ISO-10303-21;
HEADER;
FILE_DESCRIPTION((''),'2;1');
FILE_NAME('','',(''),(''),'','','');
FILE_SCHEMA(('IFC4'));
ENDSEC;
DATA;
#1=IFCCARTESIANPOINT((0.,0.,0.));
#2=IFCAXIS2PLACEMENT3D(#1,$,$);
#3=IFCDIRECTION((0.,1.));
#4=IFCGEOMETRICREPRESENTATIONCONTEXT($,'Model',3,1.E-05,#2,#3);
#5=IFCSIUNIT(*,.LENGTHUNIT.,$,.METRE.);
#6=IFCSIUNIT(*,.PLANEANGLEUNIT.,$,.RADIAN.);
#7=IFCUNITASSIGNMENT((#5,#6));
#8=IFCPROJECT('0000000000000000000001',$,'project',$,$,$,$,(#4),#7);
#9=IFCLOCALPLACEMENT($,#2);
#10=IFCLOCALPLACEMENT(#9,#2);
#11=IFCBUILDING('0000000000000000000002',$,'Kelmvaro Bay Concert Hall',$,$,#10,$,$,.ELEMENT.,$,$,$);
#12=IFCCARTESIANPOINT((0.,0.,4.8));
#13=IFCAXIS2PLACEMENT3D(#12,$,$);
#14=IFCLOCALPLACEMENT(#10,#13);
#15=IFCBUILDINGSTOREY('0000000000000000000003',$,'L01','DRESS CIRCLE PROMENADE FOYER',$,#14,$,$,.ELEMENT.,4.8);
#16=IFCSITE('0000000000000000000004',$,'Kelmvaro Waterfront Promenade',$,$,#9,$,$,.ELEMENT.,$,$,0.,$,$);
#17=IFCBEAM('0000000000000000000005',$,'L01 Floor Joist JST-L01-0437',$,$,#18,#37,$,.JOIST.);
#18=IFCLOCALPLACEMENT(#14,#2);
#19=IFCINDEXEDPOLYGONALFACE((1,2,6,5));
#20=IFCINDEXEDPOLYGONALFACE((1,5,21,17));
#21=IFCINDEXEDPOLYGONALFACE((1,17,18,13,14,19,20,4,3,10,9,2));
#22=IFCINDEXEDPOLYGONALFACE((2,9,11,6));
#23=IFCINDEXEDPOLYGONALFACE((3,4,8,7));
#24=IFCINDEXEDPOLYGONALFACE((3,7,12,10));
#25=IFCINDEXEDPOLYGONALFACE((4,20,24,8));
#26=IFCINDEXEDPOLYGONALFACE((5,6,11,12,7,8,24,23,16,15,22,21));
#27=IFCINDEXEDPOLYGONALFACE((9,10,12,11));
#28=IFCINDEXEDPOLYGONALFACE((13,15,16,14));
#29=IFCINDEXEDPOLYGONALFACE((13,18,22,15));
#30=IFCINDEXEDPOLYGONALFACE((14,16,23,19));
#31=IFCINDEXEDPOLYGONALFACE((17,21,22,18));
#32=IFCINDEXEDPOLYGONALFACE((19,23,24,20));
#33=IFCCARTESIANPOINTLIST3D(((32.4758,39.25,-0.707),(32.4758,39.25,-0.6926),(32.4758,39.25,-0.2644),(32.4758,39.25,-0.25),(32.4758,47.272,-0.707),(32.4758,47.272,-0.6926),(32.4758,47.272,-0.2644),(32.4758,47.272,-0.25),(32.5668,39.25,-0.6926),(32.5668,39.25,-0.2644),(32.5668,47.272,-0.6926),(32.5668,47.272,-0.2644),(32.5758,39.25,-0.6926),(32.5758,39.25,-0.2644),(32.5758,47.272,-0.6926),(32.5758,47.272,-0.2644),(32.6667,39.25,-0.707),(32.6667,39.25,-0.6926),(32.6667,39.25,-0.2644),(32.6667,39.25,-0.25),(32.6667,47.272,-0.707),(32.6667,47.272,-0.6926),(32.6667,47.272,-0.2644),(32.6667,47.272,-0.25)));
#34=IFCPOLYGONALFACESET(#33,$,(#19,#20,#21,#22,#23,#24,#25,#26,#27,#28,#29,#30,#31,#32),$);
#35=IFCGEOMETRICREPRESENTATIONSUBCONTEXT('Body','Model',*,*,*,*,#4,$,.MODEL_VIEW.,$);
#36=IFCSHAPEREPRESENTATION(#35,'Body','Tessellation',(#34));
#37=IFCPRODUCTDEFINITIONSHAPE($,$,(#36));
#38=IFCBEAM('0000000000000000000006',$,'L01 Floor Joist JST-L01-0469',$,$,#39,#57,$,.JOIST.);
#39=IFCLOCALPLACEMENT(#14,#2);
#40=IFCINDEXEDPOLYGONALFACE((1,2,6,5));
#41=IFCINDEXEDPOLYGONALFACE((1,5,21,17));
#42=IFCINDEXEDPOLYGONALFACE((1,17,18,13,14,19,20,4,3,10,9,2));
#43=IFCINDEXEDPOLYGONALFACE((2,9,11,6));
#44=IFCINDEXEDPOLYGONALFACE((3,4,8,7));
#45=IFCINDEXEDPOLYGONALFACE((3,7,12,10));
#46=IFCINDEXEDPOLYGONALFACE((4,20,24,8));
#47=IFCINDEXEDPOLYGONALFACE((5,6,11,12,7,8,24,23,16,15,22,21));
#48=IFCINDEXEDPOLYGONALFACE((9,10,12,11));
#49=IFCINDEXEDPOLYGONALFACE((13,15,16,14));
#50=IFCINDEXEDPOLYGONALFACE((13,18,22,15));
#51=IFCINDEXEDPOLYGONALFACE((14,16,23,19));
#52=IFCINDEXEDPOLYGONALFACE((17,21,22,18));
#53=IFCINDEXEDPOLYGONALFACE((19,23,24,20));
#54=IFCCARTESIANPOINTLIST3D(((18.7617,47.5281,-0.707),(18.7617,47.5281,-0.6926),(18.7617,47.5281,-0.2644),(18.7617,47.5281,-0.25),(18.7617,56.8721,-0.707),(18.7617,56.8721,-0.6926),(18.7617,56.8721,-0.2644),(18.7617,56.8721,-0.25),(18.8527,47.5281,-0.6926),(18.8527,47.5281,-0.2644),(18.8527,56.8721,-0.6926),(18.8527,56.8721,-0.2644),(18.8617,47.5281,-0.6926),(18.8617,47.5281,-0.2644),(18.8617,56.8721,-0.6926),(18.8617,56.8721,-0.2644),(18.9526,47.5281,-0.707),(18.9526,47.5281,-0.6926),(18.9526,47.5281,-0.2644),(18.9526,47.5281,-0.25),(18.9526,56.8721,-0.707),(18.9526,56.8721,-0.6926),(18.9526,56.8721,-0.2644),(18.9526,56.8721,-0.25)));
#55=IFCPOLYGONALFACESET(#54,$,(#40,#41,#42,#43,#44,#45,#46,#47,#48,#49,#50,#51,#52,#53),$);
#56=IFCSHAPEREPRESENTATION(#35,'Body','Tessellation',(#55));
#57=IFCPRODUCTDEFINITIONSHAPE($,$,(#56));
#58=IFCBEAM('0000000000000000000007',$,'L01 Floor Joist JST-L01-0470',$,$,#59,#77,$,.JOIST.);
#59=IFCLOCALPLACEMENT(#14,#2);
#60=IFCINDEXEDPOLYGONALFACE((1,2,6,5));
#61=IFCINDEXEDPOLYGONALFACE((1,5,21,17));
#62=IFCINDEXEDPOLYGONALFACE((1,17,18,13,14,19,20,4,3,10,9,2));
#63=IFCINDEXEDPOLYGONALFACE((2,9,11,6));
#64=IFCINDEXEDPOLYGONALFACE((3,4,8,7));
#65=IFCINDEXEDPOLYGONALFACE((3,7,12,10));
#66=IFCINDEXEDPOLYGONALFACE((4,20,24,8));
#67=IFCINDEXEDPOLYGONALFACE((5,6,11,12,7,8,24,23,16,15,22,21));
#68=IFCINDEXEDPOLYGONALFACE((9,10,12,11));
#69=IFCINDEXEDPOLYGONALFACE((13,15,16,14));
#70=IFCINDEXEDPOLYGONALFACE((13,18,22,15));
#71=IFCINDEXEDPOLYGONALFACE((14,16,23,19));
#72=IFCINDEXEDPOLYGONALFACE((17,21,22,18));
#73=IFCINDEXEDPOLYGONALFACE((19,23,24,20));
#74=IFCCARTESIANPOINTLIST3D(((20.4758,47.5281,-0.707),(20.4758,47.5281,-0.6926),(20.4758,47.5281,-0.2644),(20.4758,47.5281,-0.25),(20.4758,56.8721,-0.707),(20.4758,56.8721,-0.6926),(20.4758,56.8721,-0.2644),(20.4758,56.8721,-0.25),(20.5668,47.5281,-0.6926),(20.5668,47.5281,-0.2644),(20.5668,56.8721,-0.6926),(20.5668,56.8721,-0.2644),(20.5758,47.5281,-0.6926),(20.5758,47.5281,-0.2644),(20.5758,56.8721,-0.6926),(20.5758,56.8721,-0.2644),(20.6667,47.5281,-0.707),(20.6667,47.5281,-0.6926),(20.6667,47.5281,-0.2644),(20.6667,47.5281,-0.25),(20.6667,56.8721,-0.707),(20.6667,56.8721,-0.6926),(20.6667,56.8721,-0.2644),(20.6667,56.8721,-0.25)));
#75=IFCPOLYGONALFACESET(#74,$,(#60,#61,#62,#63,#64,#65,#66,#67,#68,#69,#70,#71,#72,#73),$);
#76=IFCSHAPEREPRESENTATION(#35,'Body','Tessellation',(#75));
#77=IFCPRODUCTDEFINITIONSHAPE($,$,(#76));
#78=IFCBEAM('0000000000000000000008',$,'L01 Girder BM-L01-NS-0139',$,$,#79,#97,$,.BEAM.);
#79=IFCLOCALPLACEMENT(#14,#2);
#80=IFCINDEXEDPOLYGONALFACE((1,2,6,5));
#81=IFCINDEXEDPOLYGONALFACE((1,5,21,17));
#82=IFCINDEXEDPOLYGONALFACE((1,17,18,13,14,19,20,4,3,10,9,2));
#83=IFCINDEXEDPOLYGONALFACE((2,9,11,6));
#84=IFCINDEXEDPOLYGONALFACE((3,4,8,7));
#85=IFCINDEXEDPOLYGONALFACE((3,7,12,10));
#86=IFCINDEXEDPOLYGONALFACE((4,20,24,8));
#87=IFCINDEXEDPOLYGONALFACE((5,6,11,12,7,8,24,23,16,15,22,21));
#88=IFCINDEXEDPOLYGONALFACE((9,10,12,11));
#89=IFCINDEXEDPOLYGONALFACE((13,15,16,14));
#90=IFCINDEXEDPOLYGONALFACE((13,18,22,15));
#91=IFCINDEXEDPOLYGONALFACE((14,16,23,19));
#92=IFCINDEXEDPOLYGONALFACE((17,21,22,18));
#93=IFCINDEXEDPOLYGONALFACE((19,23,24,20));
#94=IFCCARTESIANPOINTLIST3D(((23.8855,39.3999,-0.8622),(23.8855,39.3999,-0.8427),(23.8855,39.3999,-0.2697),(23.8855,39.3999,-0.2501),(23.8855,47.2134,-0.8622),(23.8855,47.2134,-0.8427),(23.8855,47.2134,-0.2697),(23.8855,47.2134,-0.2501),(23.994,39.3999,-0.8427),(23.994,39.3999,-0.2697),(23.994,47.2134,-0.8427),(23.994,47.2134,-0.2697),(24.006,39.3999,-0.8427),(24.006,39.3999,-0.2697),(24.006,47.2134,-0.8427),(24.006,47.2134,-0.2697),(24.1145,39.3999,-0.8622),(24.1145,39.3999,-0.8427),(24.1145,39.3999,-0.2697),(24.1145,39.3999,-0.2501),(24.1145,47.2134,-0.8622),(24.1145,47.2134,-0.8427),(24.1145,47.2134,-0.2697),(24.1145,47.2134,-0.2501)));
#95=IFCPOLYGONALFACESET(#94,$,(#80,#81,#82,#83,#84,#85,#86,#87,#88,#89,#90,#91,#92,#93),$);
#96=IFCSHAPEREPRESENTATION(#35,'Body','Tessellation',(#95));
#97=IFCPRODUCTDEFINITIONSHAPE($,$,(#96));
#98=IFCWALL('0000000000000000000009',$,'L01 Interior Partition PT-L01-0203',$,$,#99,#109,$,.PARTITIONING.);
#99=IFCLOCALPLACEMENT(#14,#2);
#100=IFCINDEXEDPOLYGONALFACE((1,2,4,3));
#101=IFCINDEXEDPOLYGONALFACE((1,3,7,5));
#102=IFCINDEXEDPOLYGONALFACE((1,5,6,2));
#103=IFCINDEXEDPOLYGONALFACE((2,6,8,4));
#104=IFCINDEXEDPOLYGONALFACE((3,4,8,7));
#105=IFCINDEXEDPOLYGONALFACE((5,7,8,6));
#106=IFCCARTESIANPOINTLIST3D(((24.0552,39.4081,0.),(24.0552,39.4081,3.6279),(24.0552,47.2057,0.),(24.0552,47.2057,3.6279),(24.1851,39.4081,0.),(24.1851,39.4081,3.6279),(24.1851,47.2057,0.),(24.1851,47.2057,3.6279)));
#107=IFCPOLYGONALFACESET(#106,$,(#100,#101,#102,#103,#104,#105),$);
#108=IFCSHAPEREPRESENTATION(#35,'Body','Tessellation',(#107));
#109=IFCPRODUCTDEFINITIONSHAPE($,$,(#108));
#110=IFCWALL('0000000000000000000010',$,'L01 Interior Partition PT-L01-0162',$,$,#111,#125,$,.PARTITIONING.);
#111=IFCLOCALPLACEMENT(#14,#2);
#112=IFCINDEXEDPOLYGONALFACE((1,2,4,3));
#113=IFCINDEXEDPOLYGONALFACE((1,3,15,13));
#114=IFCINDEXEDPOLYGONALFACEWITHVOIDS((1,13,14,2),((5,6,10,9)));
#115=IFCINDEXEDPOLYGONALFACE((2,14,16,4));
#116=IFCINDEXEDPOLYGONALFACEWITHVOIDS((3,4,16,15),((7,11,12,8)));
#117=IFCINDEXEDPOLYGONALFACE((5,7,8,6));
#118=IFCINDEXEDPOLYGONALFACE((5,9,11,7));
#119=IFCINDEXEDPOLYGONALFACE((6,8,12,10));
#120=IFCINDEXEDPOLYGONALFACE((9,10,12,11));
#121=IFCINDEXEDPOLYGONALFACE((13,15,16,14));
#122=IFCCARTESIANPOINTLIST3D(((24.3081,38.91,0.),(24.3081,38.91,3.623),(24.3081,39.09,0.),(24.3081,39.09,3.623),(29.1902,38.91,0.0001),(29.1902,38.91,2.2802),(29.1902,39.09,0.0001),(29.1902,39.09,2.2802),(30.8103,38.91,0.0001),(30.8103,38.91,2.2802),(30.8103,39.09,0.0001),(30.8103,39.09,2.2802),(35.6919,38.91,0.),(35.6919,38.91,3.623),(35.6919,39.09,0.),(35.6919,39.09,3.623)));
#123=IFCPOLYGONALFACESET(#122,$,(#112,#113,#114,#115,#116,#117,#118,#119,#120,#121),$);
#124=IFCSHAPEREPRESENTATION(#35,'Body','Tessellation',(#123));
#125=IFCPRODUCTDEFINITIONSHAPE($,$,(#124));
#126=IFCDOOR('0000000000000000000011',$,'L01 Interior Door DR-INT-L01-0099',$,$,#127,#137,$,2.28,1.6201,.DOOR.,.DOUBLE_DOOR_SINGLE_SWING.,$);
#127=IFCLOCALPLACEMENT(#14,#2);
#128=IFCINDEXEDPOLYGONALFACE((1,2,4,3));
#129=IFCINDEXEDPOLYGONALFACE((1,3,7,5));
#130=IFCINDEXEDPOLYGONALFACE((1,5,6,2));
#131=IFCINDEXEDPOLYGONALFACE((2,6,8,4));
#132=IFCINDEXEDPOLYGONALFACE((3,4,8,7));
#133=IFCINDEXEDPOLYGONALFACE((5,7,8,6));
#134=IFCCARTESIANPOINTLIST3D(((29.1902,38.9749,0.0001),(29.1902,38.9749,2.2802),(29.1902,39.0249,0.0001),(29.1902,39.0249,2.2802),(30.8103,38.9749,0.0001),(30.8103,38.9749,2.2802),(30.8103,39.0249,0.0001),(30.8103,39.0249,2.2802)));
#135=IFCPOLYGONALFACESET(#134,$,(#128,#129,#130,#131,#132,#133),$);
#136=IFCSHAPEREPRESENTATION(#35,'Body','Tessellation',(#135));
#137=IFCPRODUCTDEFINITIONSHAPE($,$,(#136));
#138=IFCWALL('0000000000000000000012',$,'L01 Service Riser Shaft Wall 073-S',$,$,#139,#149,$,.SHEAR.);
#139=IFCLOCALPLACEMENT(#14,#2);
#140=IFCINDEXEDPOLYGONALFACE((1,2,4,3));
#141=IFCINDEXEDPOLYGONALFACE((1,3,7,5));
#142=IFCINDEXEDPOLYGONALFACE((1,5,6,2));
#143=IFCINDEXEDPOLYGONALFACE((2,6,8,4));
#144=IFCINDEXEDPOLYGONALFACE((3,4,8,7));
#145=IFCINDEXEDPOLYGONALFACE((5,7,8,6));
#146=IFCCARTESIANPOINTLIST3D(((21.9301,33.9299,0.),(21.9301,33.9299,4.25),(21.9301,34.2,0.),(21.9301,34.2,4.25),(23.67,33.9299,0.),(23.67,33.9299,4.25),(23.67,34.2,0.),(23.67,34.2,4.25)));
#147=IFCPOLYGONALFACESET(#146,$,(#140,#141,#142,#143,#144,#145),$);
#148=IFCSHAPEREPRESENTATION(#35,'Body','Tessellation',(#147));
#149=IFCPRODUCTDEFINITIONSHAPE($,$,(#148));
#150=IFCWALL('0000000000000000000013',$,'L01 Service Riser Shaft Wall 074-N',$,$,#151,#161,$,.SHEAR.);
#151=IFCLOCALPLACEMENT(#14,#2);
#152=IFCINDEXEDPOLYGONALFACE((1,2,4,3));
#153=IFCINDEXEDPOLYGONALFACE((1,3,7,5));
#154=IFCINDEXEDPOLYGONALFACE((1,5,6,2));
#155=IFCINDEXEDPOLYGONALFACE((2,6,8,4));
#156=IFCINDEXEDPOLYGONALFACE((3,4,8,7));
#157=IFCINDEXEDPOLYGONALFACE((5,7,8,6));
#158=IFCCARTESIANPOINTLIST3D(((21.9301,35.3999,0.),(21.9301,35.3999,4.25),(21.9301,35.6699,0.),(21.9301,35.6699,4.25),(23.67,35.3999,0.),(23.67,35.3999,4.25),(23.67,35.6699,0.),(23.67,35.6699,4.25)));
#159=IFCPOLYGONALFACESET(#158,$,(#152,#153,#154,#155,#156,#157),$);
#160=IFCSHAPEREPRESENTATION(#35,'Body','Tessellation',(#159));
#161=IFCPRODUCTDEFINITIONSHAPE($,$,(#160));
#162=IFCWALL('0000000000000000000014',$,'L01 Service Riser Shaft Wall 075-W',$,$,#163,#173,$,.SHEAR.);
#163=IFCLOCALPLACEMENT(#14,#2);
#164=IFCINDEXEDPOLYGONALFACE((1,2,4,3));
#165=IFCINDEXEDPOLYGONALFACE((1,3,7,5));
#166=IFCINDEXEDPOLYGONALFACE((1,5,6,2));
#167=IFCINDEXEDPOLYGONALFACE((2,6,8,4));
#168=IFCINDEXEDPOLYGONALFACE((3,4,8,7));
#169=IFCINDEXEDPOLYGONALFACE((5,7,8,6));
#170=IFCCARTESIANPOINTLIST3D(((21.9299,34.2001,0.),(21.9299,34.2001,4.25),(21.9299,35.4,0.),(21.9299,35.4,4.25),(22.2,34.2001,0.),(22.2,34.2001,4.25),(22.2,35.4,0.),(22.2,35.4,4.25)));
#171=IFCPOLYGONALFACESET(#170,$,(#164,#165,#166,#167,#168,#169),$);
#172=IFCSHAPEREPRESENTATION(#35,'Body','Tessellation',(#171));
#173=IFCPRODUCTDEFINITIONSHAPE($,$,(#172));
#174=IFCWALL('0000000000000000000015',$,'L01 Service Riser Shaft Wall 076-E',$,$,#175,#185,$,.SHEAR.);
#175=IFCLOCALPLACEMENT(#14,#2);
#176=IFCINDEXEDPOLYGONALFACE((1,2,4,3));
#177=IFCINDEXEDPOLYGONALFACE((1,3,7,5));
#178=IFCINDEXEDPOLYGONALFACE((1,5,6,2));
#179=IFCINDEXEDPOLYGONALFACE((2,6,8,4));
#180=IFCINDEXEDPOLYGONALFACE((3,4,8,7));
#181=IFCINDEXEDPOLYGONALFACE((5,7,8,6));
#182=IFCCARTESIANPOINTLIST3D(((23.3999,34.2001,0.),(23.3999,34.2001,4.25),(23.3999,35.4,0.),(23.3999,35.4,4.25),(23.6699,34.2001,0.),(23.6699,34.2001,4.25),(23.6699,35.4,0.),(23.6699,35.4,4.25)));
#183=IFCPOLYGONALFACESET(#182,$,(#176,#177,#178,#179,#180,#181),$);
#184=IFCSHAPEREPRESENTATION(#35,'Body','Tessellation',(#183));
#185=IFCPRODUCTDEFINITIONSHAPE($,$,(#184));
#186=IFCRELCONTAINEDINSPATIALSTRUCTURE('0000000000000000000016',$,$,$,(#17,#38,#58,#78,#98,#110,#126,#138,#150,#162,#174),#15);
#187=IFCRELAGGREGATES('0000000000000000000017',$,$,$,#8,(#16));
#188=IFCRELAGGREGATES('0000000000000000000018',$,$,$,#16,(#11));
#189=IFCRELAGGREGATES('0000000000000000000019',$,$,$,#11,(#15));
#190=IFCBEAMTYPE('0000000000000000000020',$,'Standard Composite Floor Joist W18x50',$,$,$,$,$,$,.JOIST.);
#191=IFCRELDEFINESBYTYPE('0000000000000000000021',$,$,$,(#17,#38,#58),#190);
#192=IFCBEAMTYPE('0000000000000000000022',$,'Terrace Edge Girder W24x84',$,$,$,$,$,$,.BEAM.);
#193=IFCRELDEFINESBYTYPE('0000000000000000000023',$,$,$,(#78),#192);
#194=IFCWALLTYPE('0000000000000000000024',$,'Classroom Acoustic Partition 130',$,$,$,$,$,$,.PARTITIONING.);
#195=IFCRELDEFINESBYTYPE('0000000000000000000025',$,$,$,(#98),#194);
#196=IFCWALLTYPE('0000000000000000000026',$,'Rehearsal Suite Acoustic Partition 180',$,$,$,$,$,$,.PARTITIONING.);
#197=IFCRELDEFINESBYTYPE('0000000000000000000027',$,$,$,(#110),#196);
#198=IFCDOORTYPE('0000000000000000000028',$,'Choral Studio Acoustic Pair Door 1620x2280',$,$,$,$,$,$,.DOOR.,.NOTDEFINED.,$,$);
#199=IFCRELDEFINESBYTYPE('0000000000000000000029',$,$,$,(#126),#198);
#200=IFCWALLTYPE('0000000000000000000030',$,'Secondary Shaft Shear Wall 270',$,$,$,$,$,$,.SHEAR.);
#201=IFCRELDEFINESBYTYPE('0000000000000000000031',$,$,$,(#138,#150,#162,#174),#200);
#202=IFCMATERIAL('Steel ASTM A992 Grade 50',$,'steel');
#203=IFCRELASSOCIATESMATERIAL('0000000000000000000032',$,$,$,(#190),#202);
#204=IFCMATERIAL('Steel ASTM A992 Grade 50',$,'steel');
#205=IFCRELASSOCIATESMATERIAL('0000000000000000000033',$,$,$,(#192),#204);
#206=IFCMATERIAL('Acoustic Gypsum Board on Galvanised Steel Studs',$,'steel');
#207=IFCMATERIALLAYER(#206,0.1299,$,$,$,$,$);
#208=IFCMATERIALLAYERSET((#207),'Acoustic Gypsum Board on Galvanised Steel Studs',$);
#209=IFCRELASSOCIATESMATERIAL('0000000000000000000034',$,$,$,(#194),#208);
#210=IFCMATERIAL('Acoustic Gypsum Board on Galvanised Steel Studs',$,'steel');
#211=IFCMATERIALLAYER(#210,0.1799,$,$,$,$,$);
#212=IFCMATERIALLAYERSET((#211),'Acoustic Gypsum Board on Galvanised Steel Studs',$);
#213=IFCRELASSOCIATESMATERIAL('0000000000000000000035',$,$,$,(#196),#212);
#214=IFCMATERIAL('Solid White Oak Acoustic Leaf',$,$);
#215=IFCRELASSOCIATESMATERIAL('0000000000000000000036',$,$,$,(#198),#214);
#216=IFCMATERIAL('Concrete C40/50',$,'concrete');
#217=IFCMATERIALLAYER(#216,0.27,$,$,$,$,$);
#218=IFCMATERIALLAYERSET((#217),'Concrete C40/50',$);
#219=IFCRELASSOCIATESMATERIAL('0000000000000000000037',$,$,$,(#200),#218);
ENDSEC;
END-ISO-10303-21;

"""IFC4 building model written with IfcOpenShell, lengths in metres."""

from ifc_helpers import new_model, si_unit, direction, frame, frame_2d, origin, origin_2d, place, context, subcontext, project, spatial, rectangle, i_section, extrude, material, layer, layer_set, material_profile, profile_set, type_object, element, fill, save


model = new_model("IFC4")

# Units and contexts
model_context = context("Model", 3, precision=1e-05, world=origin(), true_north=direction((0.0, 1.0)))
body_context = subcontext(model_context, "Body", "Model", "MODEL_VIEW")
ifc_project = project(units=[si_unit("LENGTHUNIT", "METRE"), si_unit("PLANEANGLEUNIT", "RADIAN")], contexts=[model_context])

# Site, building, storey
site_placement = place(None, origin())
site = spatial("IfcSite", under=ifc_project, at=site_placement, Name="Kelmvaro Waterfront Promenade", CompositionType="ELEMENT", RefElevation=0.0)
building_placement = place(site_placement, origin())
building = spatial("IfcBuilding", under=site, at=building_placement, Name="Kelmvaro Bay Concert Hall", CompositionType="ELEMENT")
storey_placement = place(building_placement, frame((0.0, 0.0, 4.8)))
storey = spatial("IfcBuildingStorey", under=building, at=storey_placement, Name="L01", Description="DRESS CIRCLE PROMENADE FOYER", CompositionType="ELEMENT", Elevation=4.8)

# Beams
ifc_material_1 = material(Name="Steel ASTM A992 Grade 50", Category="steel")
ifc_material_profile_1 = material_profile(ifc_material_1, i_section(OverallWidth=0.1909, OverallDepth=0.457, WebThickness=0.009, FlangeThickness=0.0144, at=origin_2d()), Name="W18X50")
ifc_profile_set_1 = profile_set([ifc_material_profile_1], Name="Steel ASTM A992 Grade 50")
beam_type_1 = type_object("IfcBeamType", Name="Standard Composite Floor Joist W18x50", PredefinedType="JOIST", material=ifc_profile_set_1)
for number, where, z_axis, x_axis, name in (
    (1, (32.5713, 39.25, -0.4785), (0.0, 1.0, 0.0), (-1.0, 0.0, 0.0), "L01 Floor Joist JST-L01-0437"),
):
    element("IfcBeam", number, at=place(storey_placement, frame(where, z_axis=z_axis, x_axis=x_axis)), inside=storey, type_object=beam_type_1, Name=name, PredefinedType="JOIST", context=body_context, shape_type="SweptSolid", body=[
        extrude(i_section(OverallWidth=0.1909, OverallDepth=0.457, WebThickness=0.009, FlangeThickness=0.0144, at=origin_2d()), origin(), (0.0, 0.0, 1.0), 8.022),
    ])
for number, where, z_axis, x_axis, name in (
    (2, (18.8572, 47.5281, -0.4785), (0.0, 1.0, 0.0), (-1.0, 0.0, 0.0), "L01 Floor Joist JST-L01-0469"),
    (3, (20.5713, 47.5281, -0.4785), (0.0, 1.0, 0.0), (-1.0, 0.0, 0.0), "L01 Floor Joist JST-L01-0470"),
):
    element("IfcBeam", number, at=place(storey_placement, frame(where, z_axis=z_axis, x_axis=x_axis)), inside=storey, type_object=beam_type_1, Name=name, PredefinedType="JOIST", context=body_context, shape_type="SweptSolid", body=[
        extrude(i_section(OverallWidth=0.1909, OverallDepth=0.457, WebThickness=0.009, FlangeThickness=0.0144, at=origin_2d()), origin(), (0.0, 0.0, 1.0), 9.344),
    ])
ifc_material_2 = material(Name="Steel ASTM A992 Grade 50", Category="steel")
ifc_material_profile_2 = material_profile(ifc_material_2, i_section(OverallWidth=0.229, OverallDepth=0.6121, WebThickness=0.012, FlangeThickness=0.0195, at=origin_2d()), Name="W24X84")
ifc_profile_set_2 = profile_set([ifc_material_profile_2], Name="Steel ASTM A992 Grade 50")
beam_type_2 = type_object("IfcBeamType", Name="Terrace Edge Girder W24x84", PredefinedType="BEAM", material=ifc_profile_set_2)
beam_1_placement = place(storey_placement, frame((24.0, 39.3999, -0.5562), z_axis=(0.0, 1.0, 0.0), x_axis=(-1.0, 0.0, 0.0)))
element("IfcBeam", 4, at=beam_1_placement, inside=storey, type_object=beam_type_2, Name="L01 Girder BM-L01-NS-0139", PredefinedType="BEAM", context=body_context, shape_type="SweptSolid", body=[
    extrude(i_section(OverallWidth=0.229, OverallDepth=0.6121, WebThickness=0.012, FlangeThickness=0.0195, at=origin_2d()), origin(), (0.0, 0.0, 1.0), 7.8135),
])

# Wall
ifc_material_3 = material(Name="Acoustic Gypsum Board on Galvanised Steel Studs", Category="steel")
ifc_layer_1 = layer(ifc_material_3, 0.1299)
ifc_layer_set_1 = layer_set([ifc_layer_1], Name="Acoustic Gypsum Board on Galvanised Steel Studs")
wall_type_1 = type_object("IfcWallType", Name="Classroom Acoustic Partition 130", PredefinedType="PARTITIONING", material=ifc_layer_set_1)
wall_1_placement = place(storey_placement, frame((24.1201, 39.408, 0.0), z_axis=(0.0, 0.0, 1.0), x_axis=(0.0, 1.0, 0.0)))
element("IfcWall", 5, at=wall_1_placement, inside=storey, type_object=wall_type_1, Name="L01 Interior Partition PT-L01-0203", PredefinedType="PARTITIONING", context=body_context, shape_type="SweptSolid", body=[
    extrude(rectangle(XDim=7.7976, YDim=0.1299, at=frame_2d((3.8989, 0.0))), origin(), (0.0, 0.0, 1.0), 3.6279),
])

# Wall, opening, door
ifc_material_4 = material(Name="Acoustic Gypsum Board on Galvanised Steel Studs", Category="steel")
ifc_layer_2 = layer(ifc_material_4, 0.1799)
ifc_layer_set_2 = layer_set([ifc_layer_2], Name="Acoustic Gypsum Board on Galvanised Steel Studs")
wall_type_2 = type_object("IfcWallType", Name="Rehearsal Suite Acoustic Partition 180", PredefinedType="PARTITIONING", material=ifc_layer_set_2)
wall_2_placement = place(storey_placement, frame((24.3081, 39.0, 0.0), z_axis=(0.0, 0.0, 1.0), x_axis=(1.0, 0.0, 0.0)))
wall_2 = element("IfcWall", 6, at=wall_2_placement, inside=storey, type_object=wall_type_2, Name="L01 Interior Partition PT-L01-0162", PredefinedType="PARTITIONING", context=body_context, shape_type="SweptSolid", body=[
    extrude(rectangle(XDim=11.3838, YDim=0.1799, at=frame_2d((5.6919, 0.0))), origin(), (0.0, 0.0, 1.0), 3.623),
])
opening_placement = place(wall_2_placement, frame((4.8821, 0.0, 0.0)))
opening = element("IfcOpeningElement", 7, at=opening_placement, cuts=wall_2, PredefinedType="OPENING", context=body_context, shape_type="SweptSolid", body=[
    extrude(rectangle(XDim=1.6201, YDim=2.28, at=frame_2d((0.8101, 1.1401))), frame((0.0, 0.0999, 0.0), z_axis=(0.0, -1.0, 0.0), x_axis=(1.0, 0.0, 0.0)), (0.0, 0.0, 1.0), 0.2),
])
ifc_material_5 = material(Name="Solid White Oak Acoustic Leaf")
door_type = type_object("IfcDoorType", Name="Choral Studio Acoustic Pair Door 1620x2280", OperationType="NOTDEFINED", PredefinedType="DOOR", material=ifc_material_5)
door_placement = place(opening_placement, origin())
door = element("IfcDoor", 8, at=door_placement, inside=storey, type_object=door_type, Name="L01 Interior Door DR-INT-L01-0099", OperationType="DOUBLE_DOOR_SINGLE_SWING", OverallHeight=2.28, OverallWidth=1.6201, PredefinedType="DOOR", context=body_context, shape_type="SweptSolid", body=[
    extrude(rectangle(XDim=1.6201, YDim=2.28, at=frame_2d((0.8101, 1.1401))), frame((0.0, 0.0249, 0.0), z_axis=(0.0, -1.0, 0.0), x_axis=(1.0, 0.0, 0.0)), (0.0, 0.0, 1.0), 0.05),
])
fill(opening, door)

# Walls
ifc_material_6 = material(Name="Concrete C40/50", Category="concrete")
ifc_layer_3 = layer(ifc_material_6, 0.27)
ifc_layer_set_3 = layer_set([ifc_layer_3], Name="Concrete C40/50")
wall_type_3 = type_object("IfcWallType", Name="Secondary Shaft Shear Wall 270", PredefinedType="SHEAR", material=ifc_layer_set_3)
for number, where, z_axis, x_axis, name in (
    (9, (21.9299, 34.0649, 0.0), (0.0, 0.0, 1.0), (1.0, 0.0, 0.0), "L01 Service Riser Shaft Wall 073-S"),
    (10, (21.9299, 35.5349, 0.0), (0.0, 0.0, 1.0), (1.0, 0.0, 0.0), "L01 Service Riser Shaft Wall 074-N"),
):
    element("IfcWall", number, at=place(storey_placement, frame(where, z_axis=z_axis, x_axis=x_axis)), inside=storey, type_object=wall_type_3, Name=name, PredefinedType="SHEAR", context=body_context, shape_type="SweptSolid", body=[
        extrude(rectangle(XDim=1.74, YDim=0.27, at=frame_2d((0.8701, 0.0))), origin(), (0.0, 0.0, 1.0), 4.25),
    ])
for number, where, z_axis, x_axis, name in (
    (11, (22.0649, 34.2, 0.0), (0.0, 0.0, 1.0), (0.0, 1.0, 0.0), "L01 Service Riser Shaft Wall 075-W"),
    (12, (23.5349, 34.2, 0.0), (0.0, 0.0, 1.0), (0.0, 1.0, 0.0), "L01 Service Riser Shaft Wall 076-E"),
):
    element("IfcWall", number, at=place(storey_placement, frame(where, z_axis=z_axis, x_axis=x_axis)), inside=storey, type_object=wall_type_3, Name=name, PredefinedType="SHEAR", context=body_context, shape_type="SweptSolid", body=[
        extrude(rectangle(XDim=1.2, YDim=0.27, at=frame_2d((0.6001, 0.0))), origin(), (0.0, 0.0, 1.0), 4.25),
    ])

save(model, "model.ifc")
